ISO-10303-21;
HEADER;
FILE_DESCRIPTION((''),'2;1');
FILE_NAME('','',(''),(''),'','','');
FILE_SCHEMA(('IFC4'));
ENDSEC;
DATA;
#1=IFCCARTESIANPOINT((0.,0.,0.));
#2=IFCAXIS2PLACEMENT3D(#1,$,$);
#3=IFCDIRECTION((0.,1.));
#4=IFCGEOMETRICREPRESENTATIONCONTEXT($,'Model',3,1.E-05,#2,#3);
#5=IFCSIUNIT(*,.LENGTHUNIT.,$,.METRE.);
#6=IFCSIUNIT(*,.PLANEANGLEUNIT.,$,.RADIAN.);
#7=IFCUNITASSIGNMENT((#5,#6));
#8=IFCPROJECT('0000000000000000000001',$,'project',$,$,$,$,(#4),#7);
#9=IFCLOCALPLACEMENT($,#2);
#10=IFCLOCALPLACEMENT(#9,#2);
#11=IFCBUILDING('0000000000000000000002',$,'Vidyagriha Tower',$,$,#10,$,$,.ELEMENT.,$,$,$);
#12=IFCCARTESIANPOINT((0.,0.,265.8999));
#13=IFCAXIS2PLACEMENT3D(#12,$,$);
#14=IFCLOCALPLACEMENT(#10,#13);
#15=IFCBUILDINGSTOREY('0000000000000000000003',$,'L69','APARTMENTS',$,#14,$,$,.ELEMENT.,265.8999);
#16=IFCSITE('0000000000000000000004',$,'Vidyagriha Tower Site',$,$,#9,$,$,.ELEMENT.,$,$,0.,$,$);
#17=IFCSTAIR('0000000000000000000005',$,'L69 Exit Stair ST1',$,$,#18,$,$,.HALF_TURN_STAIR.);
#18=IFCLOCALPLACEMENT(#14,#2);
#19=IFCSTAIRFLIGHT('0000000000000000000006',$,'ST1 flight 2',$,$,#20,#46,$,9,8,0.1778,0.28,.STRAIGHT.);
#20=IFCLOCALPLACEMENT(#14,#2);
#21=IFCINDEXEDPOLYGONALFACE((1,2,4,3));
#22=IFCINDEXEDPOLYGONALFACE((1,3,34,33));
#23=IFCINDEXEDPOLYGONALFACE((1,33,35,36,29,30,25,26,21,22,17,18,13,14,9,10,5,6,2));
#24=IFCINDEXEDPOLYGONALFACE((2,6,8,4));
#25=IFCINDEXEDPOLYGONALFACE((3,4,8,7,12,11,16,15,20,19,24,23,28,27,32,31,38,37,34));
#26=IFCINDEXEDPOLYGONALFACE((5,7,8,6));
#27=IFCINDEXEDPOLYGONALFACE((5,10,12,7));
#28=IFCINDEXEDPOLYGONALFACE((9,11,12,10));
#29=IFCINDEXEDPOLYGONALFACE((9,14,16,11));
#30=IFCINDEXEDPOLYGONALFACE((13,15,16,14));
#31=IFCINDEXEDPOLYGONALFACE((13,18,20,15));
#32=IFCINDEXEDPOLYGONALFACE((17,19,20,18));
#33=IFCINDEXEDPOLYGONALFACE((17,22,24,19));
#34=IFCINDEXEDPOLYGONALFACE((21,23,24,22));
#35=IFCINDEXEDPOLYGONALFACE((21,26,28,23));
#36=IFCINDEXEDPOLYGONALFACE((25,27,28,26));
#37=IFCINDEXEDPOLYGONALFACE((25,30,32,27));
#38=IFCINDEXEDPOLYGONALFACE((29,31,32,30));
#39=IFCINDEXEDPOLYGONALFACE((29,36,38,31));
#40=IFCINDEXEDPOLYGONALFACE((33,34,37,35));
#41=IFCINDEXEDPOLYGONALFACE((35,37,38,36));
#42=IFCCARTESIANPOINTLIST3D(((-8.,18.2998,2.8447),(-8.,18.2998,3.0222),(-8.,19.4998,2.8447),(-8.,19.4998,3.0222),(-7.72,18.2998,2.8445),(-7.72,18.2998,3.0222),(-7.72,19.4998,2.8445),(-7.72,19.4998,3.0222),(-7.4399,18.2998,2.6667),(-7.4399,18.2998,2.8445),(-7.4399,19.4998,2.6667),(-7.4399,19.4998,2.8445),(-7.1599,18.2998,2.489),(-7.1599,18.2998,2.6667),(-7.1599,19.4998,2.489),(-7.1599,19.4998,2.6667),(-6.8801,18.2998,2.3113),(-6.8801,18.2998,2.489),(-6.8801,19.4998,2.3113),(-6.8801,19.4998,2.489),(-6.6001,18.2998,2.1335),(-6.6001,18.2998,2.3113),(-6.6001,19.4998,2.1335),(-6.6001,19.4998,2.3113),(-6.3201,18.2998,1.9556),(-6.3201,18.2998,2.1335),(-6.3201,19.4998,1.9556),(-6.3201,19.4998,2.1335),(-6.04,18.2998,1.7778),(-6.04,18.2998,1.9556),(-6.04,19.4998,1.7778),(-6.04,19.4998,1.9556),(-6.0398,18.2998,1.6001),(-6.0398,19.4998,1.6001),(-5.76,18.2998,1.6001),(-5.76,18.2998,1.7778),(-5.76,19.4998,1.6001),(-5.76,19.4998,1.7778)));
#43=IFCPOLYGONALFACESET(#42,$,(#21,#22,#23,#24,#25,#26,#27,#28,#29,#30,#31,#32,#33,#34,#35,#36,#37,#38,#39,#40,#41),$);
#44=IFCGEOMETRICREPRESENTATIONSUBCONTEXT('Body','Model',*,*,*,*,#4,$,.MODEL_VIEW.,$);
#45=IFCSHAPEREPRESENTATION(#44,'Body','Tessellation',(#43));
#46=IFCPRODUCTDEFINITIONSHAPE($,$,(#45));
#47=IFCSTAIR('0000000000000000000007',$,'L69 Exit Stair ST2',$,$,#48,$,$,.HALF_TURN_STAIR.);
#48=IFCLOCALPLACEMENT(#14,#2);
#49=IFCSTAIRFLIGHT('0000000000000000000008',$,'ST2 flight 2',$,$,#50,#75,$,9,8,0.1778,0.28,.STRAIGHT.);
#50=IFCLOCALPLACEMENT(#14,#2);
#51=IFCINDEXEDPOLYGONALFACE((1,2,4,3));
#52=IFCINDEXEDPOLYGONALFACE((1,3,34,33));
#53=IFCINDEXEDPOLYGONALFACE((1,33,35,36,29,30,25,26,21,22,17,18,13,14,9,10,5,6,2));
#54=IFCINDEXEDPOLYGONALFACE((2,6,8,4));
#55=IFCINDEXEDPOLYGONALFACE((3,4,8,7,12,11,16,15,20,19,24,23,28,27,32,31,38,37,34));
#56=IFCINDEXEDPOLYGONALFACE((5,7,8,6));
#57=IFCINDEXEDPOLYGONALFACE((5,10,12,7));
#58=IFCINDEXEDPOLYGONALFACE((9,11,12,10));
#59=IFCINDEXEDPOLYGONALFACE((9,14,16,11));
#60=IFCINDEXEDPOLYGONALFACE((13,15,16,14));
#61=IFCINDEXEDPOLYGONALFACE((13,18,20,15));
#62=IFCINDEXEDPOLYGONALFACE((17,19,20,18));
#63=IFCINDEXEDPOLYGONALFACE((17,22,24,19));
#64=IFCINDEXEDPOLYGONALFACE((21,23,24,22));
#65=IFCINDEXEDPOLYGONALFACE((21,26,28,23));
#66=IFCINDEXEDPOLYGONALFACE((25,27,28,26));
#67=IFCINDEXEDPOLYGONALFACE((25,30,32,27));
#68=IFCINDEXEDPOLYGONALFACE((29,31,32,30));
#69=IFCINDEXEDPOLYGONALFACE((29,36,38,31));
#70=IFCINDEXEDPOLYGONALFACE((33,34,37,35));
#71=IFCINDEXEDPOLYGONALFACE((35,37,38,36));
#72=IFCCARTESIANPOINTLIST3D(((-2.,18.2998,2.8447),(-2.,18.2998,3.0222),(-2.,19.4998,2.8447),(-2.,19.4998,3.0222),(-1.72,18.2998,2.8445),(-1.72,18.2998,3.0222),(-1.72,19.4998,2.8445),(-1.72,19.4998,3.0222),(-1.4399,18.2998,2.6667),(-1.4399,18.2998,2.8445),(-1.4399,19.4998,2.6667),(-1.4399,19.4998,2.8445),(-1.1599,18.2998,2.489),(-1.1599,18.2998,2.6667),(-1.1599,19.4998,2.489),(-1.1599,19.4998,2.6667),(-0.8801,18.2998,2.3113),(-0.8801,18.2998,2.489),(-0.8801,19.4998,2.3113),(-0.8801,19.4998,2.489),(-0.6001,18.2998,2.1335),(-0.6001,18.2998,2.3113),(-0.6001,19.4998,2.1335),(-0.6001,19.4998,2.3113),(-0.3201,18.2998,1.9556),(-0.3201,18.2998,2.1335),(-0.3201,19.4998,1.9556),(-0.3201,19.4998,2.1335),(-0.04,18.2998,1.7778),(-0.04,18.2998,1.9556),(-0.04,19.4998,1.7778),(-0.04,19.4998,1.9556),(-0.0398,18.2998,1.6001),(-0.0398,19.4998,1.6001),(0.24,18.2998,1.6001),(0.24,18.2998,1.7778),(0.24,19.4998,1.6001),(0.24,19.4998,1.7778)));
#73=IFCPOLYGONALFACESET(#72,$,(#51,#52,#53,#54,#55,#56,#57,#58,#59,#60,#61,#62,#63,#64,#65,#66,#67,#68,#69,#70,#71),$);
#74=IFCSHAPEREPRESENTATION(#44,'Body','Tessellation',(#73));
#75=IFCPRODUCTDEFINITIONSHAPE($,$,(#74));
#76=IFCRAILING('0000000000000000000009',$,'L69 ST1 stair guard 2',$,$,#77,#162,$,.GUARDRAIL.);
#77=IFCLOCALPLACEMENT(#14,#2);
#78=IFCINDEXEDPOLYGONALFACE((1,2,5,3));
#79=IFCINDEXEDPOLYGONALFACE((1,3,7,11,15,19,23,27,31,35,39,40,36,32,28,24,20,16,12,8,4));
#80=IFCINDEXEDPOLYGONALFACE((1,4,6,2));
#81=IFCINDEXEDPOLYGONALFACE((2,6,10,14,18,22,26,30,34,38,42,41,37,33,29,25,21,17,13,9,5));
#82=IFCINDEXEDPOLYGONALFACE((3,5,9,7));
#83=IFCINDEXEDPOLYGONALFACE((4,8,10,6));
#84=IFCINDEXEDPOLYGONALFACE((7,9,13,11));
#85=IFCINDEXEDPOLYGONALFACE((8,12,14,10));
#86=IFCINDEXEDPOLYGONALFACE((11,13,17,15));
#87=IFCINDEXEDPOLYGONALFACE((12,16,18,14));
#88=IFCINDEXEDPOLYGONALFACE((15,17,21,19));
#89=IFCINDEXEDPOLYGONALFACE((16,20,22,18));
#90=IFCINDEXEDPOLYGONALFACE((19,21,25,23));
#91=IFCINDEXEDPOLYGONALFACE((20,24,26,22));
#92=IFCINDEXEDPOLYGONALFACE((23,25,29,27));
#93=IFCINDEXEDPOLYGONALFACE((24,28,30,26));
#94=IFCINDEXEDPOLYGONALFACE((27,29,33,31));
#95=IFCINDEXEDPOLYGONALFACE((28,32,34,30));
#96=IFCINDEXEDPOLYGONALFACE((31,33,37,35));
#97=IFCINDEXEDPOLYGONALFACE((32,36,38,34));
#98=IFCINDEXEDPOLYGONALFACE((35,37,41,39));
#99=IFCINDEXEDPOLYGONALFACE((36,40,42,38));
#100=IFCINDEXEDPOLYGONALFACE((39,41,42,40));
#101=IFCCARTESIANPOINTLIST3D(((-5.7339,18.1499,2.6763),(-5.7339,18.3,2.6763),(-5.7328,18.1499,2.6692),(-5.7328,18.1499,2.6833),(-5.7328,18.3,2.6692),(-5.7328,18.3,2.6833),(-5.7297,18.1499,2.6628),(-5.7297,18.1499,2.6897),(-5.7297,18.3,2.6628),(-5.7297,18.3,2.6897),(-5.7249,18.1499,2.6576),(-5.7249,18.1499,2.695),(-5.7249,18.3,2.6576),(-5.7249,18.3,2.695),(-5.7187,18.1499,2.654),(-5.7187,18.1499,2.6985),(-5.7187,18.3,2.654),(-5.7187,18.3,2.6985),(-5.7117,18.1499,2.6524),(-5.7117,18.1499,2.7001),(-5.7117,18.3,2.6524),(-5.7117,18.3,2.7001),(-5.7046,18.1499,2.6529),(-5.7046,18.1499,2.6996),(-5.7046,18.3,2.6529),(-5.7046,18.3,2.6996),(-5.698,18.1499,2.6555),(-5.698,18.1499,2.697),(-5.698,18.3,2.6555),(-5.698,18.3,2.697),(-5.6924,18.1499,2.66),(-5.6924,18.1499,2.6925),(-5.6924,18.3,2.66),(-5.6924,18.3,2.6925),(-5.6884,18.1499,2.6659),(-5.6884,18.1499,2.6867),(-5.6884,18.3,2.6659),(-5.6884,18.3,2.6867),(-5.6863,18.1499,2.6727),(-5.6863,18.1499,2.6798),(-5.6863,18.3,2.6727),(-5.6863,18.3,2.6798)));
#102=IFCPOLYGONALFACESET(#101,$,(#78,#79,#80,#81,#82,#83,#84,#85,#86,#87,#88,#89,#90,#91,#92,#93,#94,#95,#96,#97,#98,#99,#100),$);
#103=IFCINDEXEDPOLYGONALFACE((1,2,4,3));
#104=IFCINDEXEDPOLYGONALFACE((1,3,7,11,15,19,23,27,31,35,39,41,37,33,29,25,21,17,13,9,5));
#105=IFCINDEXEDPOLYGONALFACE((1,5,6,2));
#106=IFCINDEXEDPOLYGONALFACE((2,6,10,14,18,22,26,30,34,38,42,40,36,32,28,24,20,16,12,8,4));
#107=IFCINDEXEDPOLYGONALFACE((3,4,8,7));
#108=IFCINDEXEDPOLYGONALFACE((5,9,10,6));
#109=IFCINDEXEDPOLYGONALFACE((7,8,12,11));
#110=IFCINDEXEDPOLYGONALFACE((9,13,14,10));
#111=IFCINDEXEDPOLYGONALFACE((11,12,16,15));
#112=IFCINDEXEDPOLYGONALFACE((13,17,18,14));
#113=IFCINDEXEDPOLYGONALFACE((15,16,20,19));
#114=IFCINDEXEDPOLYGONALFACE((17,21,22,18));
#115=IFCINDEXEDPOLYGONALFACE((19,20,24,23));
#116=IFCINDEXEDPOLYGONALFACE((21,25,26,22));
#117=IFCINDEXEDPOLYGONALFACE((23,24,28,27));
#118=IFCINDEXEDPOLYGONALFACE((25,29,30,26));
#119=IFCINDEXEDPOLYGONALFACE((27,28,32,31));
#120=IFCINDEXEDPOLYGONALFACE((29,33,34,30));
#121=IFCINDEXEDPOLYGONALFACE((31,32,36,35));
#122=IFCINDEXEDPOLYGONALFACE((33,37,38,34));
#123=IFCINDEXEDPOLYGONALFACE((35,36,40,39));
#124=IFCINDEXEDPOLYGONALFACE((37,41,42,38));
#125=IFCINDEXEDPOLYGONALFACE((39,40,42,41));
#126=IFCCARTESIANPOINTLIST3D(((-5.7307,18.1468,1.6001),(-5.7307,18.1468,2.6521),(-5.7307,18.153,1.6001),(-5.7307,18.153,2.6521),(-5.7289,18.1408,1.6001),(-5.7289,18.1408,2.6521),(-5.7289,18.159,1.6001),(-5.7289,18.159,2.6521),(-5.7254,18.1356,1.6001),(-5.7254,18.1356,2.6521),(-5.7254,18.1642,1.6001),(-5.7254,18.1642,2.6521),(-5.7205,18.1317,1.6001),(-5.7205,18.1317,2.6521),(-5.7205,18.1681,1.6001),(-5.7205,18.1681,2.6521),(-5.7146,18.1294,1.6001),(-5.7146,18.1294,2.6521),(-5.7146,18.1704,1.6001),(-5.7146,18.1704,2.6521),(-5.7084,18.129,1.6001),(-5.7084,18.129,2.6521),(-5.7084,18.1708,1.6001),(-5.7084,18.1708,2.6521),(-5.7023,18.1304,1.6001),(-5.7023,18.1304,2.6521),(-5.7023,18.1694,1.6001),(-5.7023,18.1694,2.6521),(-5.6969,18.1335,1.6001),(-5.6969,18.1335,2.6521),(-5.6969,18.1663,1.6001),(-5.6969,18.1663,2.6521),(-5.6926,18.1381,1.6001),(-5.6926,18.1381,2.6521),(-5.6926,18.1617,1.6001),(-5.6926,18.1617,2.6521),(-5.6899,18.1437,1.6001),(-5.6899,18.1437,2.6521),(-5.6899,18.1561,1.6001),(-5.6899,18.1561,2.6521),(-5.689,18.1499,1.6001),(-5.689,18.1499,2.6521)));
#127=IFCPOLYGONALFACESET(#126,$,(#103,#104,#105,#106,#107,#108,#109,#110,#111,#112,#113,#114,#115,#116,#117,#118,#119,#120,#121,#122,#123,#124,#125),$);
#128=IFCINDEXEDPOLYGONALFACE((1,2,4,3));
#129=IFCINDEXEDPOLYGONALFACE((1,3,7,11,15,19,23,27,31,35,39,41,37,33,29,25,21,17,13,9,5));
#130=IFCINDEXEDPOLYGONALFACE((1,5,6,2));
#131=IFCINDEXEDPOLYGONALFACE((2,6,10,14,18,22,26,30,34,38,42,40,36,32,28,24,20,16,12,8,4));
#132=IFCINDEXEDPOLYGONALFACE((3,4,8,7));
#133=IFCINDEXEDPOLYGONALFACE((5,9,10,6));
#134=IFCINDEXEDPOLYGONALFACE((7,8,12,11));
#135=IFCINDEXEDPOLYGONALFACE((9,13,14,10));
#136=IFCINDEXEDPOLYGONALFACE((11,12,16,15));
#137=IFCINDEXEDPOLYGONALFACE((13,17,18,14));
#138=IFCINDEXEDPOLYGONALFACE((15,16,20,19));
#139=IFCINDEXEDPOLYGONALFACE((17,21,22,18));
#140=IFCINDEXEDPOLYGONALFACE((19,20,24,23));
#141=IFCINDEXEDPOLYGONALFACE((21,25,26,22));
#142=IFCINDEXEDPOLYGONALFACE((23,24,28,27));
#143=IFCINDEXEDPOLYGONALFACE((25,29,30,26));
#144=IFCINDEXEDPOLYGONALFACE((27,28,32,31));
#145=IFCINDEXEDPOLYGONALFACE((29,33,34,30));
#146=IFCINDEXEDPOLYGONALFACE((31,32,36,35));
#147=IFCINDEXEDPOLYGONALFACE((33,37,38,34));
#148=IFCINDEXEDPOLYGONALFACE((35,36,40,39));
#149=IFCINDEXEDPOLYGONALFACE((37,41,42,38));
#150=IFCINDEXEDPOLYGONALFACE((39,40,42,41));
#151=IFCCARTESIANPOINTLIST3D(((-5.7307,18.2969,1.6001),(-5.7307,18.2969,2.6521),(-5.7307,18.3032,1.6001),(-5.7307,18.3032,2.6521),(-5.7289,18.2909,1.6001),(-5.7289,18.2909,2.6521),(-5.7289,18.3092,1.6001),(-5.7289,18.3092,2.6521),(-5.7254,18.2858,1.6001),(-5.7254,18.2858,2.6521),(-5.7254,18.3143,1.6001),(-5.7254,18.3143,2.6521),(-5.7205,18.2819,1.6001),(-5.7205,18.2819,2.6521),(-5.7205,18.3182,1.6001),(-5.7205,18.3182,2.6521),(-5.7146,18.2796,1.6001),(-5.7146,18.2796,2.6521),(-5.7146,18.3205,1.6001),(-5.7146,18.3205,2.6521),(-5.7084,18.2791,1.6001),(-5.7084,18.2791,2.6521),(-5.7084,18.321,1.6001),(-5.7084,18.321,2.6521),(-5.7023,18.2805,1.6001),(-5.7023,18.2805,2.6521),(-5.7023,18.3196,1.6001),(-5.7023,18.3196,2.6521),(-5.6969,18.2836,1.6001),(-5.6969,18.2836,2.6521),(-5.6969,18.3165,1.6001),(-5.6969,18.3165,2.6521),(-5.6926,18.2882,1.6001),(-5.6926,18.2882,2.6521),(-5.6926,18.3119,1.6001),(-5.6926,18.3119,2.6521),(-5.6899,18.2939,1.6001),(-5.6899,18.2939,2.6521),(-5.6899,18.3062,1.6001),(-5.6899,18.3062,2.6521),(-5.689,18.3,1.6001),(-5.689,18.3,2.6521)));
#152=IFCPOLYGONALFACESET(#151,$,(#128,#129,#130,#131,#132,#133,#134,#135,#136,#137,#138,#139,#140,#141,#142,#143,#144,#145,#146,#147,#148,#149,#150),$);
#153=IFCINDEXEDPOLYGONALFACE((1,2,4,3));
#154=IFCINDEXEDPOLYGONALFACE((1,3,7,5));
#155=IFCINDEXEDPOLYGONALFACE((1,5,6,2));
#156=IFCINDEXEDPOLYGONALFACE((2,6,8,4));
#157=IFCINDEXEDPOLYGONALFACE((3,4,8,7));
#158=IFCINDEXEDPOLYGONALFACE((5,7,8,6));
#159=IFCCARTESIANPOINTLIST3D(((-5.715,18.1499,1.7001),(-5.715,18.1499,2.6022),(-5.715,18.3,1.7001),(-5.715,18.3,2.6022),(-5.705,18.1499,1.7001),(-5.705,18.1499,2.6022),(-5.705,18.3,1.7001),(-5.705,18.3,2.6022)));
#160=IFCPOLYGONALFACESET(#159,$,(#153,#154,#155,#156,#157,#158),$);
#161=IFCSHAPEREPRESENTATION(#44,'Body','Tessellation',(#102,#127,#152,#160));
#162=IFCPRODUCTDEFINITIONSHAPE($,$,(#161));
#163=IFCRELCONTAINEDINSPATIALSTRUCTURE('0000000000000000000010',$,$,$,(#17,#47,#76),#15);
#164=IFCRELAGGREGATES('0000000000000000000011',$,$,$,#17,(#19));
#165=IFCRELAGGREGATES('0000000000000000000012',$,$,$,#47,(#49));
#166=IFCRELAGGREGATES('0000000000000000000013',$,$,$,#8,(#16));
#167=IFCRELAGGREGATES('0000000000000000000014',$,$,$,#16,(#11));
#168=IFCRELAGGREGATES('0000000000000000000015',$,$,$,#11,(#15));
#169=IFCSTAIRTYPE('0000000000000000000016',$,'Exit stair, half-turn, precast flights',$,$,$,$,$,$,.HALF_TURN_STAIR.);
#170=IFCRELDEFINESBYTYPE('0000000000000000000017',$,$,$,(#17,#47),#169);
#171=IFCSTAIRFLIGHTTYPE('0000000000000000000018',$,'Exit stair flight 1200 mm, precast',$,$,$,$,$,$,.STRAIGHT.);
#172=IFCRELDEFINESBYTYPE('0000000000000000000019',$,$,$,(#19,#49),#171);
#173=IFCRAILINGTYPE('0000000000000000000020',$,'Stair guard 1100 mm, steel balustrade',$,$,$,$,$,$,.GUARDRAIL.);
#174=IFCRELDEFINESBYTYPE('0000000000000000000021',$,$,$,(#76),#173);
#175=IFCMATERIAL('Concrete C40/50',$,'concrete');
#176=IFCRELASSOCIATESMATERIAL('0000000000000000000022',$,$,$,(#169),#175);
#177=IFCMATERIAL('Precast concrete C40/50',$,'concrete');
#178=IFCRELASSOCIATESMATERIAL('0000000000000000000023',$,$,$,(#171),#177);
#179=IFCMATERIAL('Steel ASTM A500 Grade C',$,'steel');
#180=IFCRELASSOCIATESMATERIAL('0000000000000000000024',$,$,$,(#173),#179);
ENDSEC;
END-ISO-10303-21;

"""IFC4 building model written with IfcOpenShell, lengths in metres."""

from ifc_helpers import new_model, si_unit, direction, frame, origin, origin_2d, place, context, subcontext, project, spatial, polyline, rectangle, circle, outline, extrude, material, type_object, element, aggregate, save


model = new_model("IFC4")

# Units and contexts
model_context = context("Model", 3, precision=1e-05, world=origin(), true_north=direction((0.0, 1.0)))
body_context = subcontext(model_context, "Body", "Model", "MODEL_VIEW")
ifc_project = project(units=[si_unit("LENGTHUNIT", "METRE"), si_unit("PLANEANGLEUNIT", "RADIAN")], contexts=[model_context])

# Site, building, storey
site_placement = place(None, origin())
site = spatial("IfcSite", under=ifc_project, at=site_placement, Name="Vidyagriha Tower Site", CompositionType="ELEMENT", RefElevation=0.0)
building_placement = place(site_placement, origin())
building = spatial("IfcBuilding", under=site, at=building_placement, Name="Vidyagriha Tower", CompositionType="ELEMENT")
storey_placement = place(building_placement, frame((0.0, 0.0, 265.8999)))
storey = spatial("IfcBuildingStorey", under=building, at=storey_placement, Name="L69", Description="APARTMENTS", CompositionType="ELEMENT", Elevation=265.8999)

# Stairs, stair flights
ifc_material_1 = material(Name="Concrete C40/50", Category="concrete")
stair_type = type_object("IfcStairType", Name="Exit stair, half-turn, precast flights", PredefinedType="HALF_TURN_STAIR", material=ifc_material_1)
stair_1_placement = place(storey_placement, origin())
stair_1 = element("IfcStair", 1, at=stair_1_placement, inside=storey, type_object=stair_type, Name="L69 Exit Stair ST1", PredefinedType="HALF_TURN_STAIR")
ifc_material_2 = material(Name="Precast concrete C40/50", Category="concrete")
stair_flight_type = type_object("IfcStairFlightType", Name="Exit stair flight 1200 mm, precast", PredefinedType="STRAIGHT", material=ifc_material_2)
stair_flight_1_placement = place(storey_placement, frame((-5.76, 18.8999, 1.6001), z_axis=(0.0, 0.0, 1.0), x_axis=(-1.0, 0.0, 0.0)))
stair_flight_1 = element("IfcStairFlight", 2, at=stair_flight_1_placement, type_object=stair_flight_type, Name="ST1 flight 2", NumberOfRisers=9, NumberOfTreads=8, PredefinedType="STRAIGHT", RiserHeight=0.1778, TreadLength=0.28, context=body_context, shape_type="SweptSolid", body=[
    extrude(outline(polyline([(0.0, 0.0), (0.0, 0.1777), (0.28, 0.1777), (0.28, 0.3555), (0.5601, 0.3555), (0.5601, 0.5334), (0.8401, 0.5334), (0.8401, 0.7112), (1.1201, 0.7112), (1.1201, 0.8889), (1.3999, 0.8889), (1.3999, 1.0667), (1.6799, 1.0667), (1.6799, 1.2444), (1.96, 1.2444), (1.96, 1.4221), (2.24, 1.4221), (2.24, 1.6001), (2.24, 1.2446), (0.2798, 0.0), (0.0, 0.0)])), frame((0.0, 0.6001, 0.0), z_axis=(0.0, -1.0, 0.0), x_axis=(1.0, 0.0, 0.0)), (0.0, 0.0, 1.0), 1.2),
])
aggregate(stair_1, [stair_flight_1])
stair_2_placement = place(storey_placement, origin())
stair_2 = element("IfcStair", 3, at=stair_2_placement, inside=storey, type_object=stair_type, Name="L69 Exit Stair ST2", PredefinedType="HALF_TURN_STAIR")
stair_flight_2_placement = place(storey_placement, frame((0.24, 18.8999, 1.6001), z_axis=(0.0, 0.0, 1.0), x_axis=(-1.0, 0.0, 0.0)))
stair_flight_2 = element("IfcStairFlight", 4, at=stair_flight_2_placement, type_object=stair_flight_type, Name="ST2 flight 2", NumberOfRisers=9, NumberOfTreads=8, PredefinedType="STRAIGHT", RiserHeight=0.1778, TreadLength=0.28, context=body_context, shape_type="SweptSolid", body=[
    extrude(outline(polyline([(0.0, 0.0), (0.0, 0.1777), (0.28, 0.1777), (0.28, 0.3555), (0.5601, 0.3555), (0.5601, 0.5334), (0.8401, 0.5334), (0.8401, 0.7112), (1.1201, 0.7112), (1.1201, 0.8889), (1.3999, 0.8889), (1.3999, 1.0667), (1.6799, 1.0667), (1.6799, 1.2444), (1.96, 1.2444), (1.96, 1.4221), (2.24, 1.4221), (2.24, 1.6001), (2.24, 1.2446), (0.2798, 0.0), (0.0, 0.0)])), frame((0.0, 0.6001, 0.0), z_axis=(0.0, -1.0, 0.0), x_axis=(1.0, 0.0, 0.0)), (0.0, 0.0, 1.0), 1.2),
])
aggregate(stair_2, [stair_flight_2])

# Railing
ifc_material_3 = material(Name="Steel ASTM A500 Grade C", Category="steel")
railing_type_1 = type_object("IfcRailingType", Name="Stair guard 1100 mm, steel balustrade", PredefinedType="GUARDRAIL", material=ifc_material_3)
railing_1_placement = place(storey_placement, frame((-5.71, 18.1499, 1.6001)))
element("IfcRailing", 5, at=railing_1_placement, inside=storey, type_object=railing_type_1, Name="L69 ST1 stair guard 2", PredefinedType="GUARDRAIL", context=body_context, shape_type="SweptSolid", body=[
    extrude(circle(Radius=0.0239, at=origin_2d()), frame((0.0, 0.0, 1.0762), z_axis=(0.0, 1.0, 0.0), x_axis=(-1.0, 0.0, 0.0)), (0.0, 0.0, 1.0), 0.1501),
    extrude(circle(Radius=0.021, at=origin_2d()), origin(), (0.0, 0.0, 1.0), 1.052),
    extrude(circle(Radius=0.021, at=origin_2d()), frame((0.0, 0.1501, 0.0)), (0.0, 0.0, 1.0), 1.052),
    extrude(rectangle(XDim=0.01, YDim=0.9021, at=origin_2d()), frame((0.0, 0.0, 0.551), z_axis=(0.0, 1.0, 0.0), x_axis=(-1.0, 0.0, 0.0)), (0.0, 0.0, 1.0), 0.1501),
])

save(model, "model.ifc")
